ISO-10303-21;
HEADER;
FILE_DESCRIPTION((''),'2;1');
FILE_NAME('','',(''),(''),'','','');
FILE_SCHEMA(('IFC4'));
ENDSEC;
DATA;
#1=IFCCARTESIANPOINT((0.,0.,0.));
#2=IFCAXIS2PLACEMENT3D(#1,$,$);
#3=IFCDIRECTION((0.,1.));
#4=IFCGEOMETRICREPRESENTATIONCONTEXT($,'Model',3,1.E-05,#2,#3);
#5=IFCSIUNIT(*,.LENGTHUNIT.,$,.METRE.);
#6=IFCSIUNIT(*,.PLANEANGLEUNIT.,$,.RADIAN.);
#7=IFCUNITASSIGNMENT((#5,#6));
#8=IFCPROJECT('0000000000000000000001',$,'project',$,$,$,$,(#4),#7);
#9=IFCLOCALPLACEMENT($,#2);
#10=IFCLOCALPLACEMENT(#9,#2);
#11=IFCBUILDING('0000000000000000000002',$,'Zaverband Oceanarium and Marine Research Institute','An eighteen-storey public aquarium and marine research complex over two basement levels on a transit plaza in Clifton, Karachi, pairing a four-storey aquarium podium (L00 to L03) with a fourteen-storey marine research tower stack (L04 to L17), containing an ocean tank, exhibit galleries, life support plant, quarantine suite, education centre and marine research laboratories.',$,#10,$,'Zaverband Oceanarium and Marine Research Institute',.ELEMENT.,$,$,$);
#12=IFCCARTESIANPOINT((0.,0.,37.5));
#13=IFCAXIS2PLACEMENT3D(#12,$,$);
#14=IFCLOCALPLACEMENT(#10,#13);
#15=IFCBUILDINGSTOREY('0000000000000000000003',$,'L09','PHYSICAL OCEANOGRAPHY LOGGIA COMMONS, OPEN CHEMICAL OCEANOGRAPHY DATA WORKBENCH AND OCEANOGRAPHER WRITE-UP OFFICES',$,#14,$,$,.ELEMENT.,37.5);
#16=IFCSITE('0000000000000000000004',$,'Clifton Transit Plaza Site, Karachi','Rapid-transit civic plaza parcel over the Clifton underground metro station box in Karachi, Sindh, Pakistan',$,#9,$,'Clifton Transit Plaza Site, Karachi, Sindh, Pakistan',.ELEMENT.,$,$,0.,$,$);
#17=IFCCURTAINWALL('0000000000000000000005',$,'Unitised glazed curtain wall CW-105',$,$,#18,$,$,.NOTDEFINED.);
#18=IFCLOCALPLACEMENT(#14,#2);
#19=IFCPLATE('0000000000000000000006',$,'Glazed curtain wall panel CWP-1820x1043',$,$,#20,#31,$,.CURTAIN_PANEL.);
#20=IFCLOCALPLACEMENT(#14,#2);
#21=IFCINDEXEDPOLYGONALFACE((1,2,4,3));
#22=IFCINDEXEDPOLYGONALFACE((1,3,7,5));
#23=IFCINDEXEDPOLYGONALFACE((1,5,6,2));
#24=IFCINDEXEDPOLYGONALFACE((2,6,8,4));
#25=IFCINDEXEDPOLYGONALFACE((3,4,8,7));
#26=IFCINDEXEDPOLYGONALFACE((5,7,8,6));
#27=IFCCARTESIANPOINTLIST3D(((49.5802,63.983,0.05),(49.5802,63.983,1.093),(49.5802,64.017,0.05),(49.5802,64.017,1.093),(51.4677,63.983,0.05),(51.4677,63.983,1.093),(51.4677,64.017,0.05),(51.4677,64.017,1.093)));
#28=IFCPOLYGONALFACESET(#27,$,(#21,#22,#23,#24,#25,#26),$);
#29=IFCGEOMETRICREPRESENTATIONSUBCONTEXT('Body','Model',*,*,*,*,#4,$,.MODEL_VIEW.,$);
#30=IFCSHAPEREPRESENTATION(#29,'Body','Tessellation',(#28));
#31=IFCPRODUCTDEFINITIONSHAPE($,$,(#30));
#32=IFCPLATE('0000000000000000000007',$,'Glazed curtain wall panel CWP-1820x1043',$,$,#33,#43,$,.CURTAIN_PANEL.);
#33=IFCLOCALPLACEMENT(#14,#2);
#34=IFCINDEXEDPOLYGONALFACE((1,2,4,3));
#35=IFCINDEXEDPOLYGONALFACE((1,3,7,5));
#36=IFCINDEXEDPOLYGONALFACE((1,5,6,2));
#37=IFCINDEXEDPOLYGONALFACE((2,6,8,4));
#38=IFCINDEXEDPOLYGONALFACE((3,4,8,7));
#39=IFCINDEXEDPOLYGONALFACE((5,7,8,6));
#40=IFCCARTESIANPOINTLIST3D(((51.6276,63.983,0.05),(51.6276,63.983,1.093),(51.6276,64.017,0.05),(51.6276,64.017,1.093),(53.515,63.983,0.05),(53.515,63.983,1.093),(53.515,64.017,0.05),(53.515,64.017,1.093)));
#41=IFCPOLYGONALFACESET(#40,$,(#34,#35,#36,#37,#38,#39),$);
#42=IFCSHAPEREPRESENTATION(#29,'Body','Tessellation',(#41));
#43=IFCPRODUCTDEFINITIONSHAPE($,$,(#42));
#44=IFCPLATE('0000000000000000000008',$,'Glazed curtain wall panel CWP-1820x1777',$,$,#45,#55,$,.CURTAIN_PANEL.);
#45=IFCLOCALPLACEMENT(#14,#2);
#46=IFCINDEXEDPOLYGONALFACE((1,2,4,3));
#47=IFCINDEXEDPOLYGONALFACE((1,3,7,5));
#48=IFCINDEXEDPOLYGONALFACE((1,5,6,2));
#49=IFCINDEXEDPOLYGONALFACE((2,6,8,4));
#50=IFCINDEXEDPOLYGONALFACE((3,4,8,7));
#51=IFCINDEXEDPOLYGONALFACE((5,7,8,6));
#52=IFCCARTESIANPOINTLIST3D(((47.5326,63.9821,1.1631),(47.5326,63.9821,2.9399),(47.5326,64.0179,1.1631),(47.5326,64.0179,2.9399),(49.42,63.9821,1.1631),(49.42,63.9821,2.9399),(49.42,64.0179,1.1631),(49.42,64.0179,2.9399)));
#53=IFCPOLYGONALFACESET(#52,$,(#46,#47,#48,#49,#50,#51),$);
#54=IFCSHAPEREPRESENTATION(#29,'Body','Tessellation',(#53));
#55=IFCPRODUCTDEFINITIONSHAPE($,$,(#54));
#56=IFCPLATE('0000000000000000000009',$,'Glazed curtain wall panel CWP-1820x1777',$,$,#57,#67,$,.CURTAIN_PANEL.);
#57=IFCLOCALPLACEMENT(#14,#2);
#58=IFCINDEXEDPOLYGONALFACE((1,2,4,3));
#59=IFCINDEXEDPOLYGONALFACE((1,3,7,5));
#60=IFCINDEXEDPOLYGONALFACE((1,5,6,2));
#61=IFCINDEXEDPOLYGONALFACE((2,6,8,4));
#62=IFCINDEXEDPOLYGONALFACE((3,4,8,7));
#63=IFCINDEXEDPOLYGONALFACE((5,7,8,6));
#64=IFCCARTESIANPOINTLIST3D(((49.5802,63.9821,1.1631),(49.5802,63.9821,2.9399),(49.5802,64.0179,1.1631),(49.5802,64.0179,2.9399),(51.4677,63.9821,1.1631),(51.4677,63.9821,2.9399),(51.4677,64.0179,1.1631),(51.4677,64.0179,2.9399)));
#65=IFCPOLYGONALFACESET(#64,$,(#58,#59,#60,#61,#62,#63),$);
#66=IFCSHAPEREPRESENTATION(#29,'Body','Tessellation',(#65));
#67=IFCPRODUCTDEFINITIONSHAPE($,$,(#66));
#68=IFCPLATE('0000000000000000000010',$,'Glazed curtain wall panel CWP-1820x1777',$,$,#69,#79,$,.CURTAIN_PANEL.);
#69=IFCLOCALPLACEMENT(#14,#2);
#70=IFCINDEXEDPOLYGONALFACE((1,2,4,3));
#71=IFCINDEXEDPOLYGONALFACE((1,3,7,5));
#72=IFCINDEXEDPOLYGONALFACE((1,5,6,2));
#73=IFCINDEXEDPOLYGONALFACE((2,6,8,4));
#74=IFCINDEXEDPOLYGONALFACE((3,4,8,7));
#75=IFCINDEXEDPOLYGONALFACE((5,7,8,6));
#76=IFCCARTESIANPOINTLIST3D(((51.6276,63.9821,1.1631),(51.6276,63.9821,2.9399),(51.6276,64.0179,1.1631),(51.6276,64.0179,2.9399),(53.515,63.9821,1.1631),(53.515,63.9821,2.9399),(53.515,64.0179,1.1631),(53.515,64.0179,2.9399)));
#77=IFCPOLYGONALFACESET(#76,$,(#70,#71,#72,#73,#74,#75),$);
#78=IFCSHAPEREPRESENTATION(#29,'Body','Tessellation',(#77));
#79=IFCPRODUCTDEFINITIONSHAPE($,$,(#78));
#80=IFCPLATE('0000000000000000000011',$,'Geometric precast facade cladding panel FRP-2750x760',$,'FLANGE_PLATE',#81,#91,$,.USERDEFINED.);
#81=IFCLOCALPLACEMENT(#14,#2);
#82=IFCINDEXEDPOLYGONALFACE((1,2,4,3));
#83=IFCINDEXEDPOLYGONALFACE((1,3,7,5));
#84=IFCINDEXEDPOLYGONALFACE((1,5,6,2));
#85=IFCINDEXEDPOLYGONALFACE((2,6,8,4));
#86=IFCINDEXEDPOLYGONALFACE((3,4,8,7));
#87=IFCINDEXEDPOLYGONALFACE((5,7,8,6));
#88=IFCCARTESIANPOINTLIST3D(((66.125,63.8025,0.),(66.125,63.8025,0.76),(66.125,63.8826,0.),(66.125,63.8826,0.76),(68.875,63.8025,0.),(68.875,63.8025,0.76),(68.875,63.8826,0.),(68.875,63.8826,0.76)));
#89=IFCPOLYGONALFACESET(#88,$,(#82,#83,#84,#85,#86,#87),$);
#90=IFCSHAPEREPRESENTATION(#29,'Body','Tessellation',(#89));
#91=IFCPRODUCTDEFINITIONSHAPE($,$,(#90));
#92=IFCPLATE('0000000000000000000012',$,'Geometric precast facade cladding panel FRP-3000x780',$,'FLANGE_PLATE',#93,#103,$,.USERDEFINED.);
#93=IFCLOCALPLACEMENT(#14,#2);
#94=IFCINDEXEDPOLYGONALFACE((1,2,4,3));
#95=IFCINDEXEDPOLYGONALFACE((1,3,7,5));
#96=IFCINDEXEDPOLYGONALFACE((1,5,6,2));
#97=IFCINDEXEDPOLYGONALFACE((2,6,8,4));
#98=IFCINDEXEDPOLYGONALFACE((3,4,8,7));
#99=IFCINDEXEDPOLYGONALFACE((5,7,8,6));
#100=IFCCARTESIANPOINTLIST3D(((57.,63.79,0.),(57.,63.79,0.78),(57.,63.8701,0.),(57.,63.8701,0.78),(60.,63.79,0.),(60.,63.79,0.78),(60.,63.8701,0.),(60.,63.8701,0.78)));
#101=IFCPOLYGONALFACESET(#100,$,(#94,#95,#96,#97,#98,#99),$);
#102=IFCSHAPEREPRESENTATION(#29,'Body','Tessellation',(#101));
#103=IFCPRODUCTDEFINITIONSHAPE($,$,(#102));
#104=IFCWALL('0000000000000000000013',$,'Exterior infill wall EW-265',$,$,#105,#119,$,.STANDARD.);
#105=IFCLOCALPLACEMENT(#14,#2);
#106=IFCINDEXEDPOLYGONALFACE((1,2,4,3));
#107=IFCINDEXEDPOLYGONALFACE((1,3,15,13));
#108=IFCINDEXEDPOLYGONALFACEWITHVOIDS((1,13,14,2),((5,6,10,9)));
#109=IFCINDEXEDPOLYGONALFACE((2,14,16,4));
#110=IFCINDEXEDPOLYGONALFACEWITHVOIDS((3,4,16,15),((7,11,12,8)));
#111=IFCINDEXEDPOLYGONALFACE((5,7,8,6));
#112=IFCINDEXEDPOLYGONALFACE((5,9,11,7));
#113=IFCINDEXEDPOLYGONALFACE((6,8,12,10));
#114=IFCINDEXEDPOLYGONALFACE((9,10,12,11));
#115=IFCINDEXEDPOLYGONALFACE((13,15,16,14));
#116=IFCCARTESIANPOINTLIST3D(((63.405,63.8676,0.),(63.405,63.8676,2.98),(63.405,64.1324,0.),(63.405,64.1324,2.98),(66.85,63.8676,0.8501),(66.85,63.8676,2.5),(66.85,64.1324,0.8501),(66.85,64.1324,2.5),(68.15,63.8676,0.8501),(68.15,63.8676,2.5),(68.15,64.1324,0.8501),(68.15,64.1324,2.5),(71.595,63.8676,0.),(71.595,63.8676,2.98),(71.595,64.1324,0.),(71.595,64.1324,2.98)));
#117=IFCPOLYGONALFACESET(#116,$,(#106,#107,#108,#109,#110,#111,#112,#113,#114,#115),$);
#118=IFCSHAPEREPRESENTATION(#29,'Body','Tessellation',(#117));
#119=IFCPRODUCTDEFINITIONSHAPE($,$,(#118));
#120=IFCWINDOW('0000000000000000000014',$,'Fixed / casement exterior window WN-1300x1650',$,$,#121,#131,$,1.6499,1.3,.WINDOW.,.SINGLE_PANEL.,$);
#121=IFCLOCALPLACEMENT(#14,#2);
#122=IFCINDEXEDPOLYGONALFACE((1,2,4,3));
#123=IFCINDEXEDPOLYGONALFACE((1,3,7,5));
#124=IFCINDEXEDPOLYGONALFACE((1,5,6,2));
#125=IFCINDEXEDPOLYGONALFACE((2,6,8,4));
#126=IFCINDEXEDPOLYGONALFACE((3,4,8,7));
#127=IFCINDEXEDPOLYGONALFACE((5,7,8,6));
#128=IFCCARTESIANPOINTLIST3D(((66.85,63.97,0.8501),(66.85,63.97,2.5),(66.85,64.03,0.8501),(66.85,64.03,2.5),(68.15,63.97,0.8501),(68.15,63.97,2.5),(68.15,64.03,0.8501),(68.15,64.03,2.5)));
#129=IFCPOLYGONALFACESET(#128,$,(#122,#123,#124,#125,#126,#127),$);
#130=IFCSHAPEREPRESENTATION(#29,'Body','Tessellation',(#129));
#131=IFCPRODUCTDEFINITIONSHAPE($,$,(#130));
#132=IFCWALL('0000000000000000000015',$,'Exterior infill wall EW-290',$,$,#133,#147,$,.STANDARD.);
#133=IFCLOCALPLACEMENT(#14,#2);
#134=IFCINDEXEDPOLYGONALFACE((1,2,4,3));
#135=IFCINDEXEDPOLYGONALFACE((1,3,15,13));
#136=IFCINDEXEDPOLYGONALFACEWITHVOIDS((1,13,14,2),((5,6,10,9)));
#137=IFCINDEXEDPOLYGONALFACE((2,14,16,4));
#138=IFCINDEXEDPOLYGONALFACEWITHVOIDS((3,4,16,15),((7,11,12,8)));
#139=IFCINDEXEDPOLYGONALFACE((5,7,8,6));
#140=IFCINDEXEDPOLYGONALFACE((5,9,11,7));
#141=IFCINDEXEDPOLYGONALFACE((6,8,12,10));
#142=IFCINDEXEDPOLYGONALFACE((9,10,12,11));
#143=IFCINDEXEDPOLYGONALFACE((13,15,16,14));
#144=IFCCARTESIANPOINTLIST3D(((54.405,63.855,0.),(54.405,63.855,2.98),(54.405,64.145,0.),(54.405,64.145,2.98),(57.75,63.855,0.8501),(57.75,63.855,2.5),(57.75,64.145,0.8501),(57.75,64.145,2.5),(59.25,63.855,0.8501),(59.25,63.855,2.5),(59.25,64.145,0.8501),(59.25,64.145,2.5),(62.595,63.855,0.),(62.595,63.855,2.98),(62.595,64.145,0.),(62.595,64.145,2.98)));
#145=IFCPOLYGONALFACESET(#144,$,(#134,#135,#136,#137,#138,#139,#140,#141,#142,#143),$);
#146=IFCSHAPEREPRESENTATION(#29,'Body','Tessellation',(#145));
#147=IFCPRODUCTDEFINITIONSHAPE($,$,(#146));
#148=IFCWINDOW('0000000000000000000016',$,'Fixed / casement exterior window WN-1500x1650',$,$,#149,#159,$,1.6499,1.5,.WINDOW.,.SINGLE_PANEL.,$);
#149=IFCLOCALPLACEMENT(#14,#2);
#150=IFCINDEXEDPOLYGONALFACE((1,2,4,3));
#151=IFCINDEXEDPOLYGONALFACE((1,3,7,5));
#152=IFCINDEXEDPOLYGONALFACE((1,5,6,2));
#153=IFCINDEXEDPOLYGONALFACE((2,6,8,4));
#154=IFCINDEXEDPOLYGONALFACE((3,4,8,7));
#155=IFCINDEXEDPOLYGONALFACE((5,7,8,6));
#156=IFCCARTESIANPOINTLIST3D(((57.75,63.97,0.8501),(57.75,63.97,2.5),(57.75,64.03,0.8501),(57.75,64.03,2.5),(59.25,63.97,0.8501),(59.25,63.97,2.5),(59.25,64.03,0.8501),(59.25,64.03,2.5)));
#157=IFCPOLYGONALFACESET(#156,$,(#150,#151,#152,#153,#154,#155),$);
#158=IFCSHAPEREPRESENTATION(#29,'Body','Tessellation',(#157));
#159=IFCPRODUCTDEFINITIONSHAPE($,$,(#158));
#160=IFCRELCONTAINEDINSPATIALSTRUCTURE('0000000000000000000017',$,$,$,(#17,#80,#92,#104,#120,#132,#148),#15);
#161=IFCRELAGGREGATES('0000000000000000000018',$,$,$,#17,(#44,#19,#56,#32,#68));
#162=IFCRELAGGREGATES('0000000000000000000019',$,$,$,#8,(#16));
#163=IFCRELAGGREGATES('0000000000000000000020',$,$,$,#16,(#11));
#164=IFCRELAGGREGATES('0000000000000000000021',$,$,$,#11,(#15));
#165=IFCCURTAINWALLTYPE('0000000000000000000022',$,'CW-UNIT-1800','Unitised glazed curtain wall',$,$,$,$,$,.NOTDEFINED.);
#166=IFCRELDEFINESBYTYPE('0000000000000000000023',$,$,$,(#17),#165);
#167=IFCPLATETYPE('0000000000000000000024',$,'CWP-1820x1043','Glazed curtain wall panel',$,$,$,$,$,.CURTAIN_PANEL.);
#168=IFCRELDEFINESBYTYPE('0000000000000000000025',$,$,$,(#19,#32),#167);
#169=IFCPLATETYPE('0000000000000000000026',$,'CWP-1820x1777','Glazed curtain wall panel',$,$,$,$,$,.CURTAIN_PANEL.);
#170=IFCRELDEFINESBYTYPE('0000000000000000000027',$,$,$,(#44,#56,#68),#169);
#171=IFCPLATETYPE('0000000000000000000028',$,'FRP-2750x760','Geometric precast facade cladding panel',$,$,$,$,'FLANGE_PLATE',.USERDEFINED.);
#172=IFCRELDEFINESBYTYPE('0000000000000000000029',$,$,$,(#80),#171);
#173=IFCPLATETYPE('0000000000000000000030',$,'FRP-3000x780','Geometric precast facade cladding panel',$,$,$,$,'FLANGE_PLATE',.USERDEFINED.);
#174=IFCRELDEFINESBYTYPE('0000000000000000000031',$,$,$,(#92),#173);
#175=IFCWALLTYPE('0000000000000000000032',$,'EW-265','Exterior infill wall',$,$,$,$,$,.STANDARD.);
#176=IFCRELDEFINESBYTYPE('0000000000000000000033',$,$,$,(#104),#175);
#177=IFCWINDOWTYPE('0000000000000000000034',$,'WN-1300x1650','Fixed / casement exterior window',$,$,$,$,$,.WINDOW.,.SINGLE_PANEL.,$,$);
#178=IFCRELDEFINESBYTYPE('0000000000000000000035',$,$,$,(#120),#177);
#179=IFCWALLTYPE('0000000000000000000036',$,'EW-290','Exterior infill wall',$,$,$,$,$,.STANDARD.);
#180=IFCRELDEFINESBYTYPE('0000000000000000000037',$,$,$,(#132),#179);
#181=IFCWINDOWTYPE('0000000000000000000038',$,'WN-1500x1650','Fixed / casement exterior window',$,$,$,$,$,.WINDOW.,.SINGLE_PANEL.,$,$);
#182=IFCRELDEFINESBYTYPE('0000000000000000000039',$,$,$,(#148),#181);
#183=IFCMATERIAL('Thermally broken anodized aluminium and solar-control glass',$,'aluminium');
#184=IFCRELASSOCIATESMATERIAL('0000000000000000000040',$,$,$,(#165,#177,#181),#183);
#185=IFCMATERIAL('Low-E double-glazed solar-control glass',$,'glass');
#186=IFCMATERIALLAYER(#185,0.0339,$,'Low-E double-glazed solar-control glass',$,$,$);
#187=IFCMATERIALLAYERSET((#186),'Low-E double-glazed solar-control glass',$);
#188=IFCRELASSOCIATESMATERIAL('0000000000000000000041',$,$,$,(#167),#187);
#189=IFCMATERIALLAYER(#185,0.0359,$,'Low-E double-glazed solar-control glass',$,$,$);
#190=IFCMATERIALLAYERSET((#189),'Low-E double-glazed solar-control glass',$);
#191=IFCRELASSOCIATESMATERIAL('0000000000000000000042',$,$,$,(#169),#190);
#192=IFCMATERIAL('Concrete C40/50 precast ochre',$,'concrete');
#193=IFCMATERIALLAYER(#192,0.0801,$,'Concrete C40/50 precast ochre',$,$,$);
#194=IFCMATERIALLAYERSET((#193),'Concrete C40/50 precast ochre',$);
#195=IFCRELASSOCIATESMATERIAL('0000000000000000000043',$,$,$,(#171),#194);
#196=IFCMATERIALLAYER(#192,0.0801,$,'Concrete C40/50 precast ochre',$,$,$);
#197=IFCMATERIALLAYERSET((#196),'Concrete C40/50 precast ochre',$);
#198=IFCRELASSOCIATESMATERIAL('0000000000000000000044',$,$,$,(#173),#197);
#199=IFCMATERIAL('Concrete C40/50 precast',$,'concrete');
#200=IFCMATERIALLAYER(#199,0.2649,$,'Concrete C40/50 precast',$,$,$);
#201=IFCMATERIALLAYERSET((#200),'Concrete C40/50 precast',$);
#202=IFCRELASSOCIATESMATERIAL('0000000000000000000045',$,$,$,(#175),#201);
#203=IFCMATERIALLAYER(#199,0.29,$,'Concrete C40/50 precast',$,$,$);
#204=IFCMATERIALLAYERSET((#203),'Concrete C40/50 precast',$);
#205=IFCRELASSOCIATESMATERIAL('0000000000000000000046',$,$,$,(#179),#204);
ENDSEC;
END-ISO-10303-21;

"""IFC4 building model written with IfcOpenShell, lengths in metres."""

from ifc_helpers import new_model, si_unit, direction, frame, frame_2d, origin, place, context, subcontext, project, spatial, rectangle, extrude, material, layer, layer_set, type_object, element, fill, aggregate, save


model = new_model("IFC4")

# Units and contexts
model_context = context("Model", 3, precision=1e-05, world=origin(), true_north=direction((0.0, 1.0)))
body_context = subcontext(model_context, "Body", "Model", "MODEL_VIEW")
ifc_project = project(units=[si_unit("LENGTHUNIT", "METRE"), si_unit("PLANEANGLEUNIT", "RADIAN")], contexts=[model_context])

# Site, building, storey
site_placement = place(None, origin())
site = spatial("IfcSite", under=ifc_project, at=site_placement, Name="Clifton Transit Plaza Site, Karachi", Description="Rapid-transit civic plaza parcel over the Clifton underground metro station box in Karachi, Sindh, Pakistan", LongName="Clifton Transit Plaza Site, Karachi, Sindh, Pakistan", CompositionType="ELEMENT", RefElevation=0.0)
building_placement = place(site_placement, origin())
building = spatial("IfcBuilding", under=site, at=building_placement, Name="Zaverband Oceanarium and Marine Research Institute", Description="An eighteen-storey public aquarium and marine research complex over two basement levels on a transit plaza in Clifton, Karachi, pairing a four-storey aquarium podium (L00 to L03) with a fourteen-storey marine research tower stack (L04 to L17), containing an ocean tank, exhibit galleries, life support plant, quarantine suite, education centre and marine research laboratories.", LongName="Zaverband Oceanarium and Marine Research Institute", CompositionType="ELEMENT")
storey_placement = place(building_placement, frame((0.0, 0.0, 37.5)))
storey = spatial("IfcBuildingStorey", under=building, at=storey_placement, Name="L09", Description="PHYSICAL OCEANOGRAPHY LOGGIA COMMONS, OPEN CHEMICAL OCEANOGRAPHY DATA WORKBENCH AND OCEANOGRAPHER WRITE-UP OFFICES", CompositionType="ELEMENT", Elevation=37.5)

# Curtain wall
ifc_material_1 = material(Name="Thermally broken anodized aluminium and solar-control glass", Category="aluminium")
curtain_wall_type = type_object("IfcCurtainWallType", Name="CW-UNIT-1800", Description="Unitised glazed curtain wall", PredefinedType="NOTDEFINED", material=ifc_material_1)
curtain_wall_placement = place(storey_placement, origin())
curtain_wall = element("IfcCurtainWall", 1, at=curtain_wall_placement, inside=storey, type_object=curtain_wall_type, Name="Unitised glazed curtain wall CW-105", PredefinedType="NOTDEFINED")

# Plates
ifc_material_2 = material(Name="Low-E double-glazed solar-control glass", Category="glass")
ifc_layer_1 = layer(ifc_material_2, 0.0339, Name="Low-E double-glazed solar-control glass")
ifc_layer_set_1 = layer_set([ifc_layer_1], Name="Low-E double-glazed solar-control glass")
plate_type_1 = type_object("IfcPlateType", Name="CWP-1820x1043", Description="Glazed curtain wall panel", PredefinedType="CURTAIN_PANEL", material=ifc_layer_set_1)
plate_1_placement = place(storey_placement, frame((49.5801, 64.0, 0.05), z_axis=(0.0, 0.0, 1.0), x_axis=(1.0, 0.0, 0.0)))
plate_1 = element("IfcPlate", 2, at=plate_1_placement, type_object=plate_type_1, Name="Glazed curtain wall panel CWP-1820x1043", PredefinedType="CURTAIN_PANEL", context=body_context, shape_type="SweptSolid", body=[
    extrude(rectangle(XDim=1.8875, YDim=0.0339, at=frame_2d((0.9438, 0.0))), origin(), (0.0, 0.0, 1.0), 1.043),
])
plate_2_placement = place(storey_placement, frame((51.6274, 64.0, 0.05), z_axis=(0.0, 0.0, 1.0), x_axis=(1.0, 0.0, 0.0)))
plate_2 = element("IfcPlate", 3, at=plate_2_placement, type_object=plate_type_1, Name="Glazed curtain wall panel CWP-1820x1043", PredefinedType="CURTAIN_PANEL", context=body_context, shape_type="SweptSolid", body=[
    extrude(rectangle(XDim=1.8875, YDim=0.0339, at=frame_2d((0.9438, 0.0))), origin(), (0.0, 0.0, 1.0), 1.043),
])
ifc_layer_2 = layer(ifc_material_2, 0.0359, Name="Low-E double-glazed solar-control glass")
ifc_layer_set_2 = layer_set([ifc_layer_2], Name="Low-E double-glazed solar-control glass")
plate_type_2 = type_object("IfcPlateType", Name="CWP-1820x1777", Description="Glazed curtain wall panel", PredefinedType="CURTAIN_PANEL", material=ifc_layer_set_2)
plate_3_placement = place(storey_placement, frame((47.5325, 64.0, 1.1631), z_axis=(0.0, 0.0, 1.0), x_axis=(1.0, 0.0, 0.0)))
plate_3 = element("IfcPlate", 4, at=plate_3_placement, type_object=plate_type_2, Name="Glazed curtain wall panel CWP-1820x1777", PredefinedType="CURTAIN_PANEL", context=body_context, shape_type="SweptSolid", body=[
    extrude(rectangle(XDim=1.8875, YDim=0.0359, at=frame_2d((0.9438, 0.0))), origin(), (0.0, 0.0, 1.0), 1.7769),
])
plate_4_placement = place(storey_placement, frame((49.5801, 64.0, 1.1631), z_axis=(0.0, 0.0, 1.0), x_axis=(1.0, 0.0, 0.0)))
plate_4 = element("IfcPlate", 5, at=plate_4_placement, type_object=plate_type_2, Name="Glazed curtain wall panel CWP-1820x1777", PredefinedType="CURTAIN_PANEL", context=body_context, shape_type="SweptSolid", body=[
    extrude(rectangle(XDim=1.8875, YDim=0.0359, at=frame_2d((0.9438, 0.0))), origin(), (0.0, 0.0, 1.0), 1.7769),
])
plate_5_placement = place(storey_placement, frame((51.6274, 64.0, 1.1631), z_axis=(0.0, 0.0, 1.0), x_axis=(1.0, 0.0, 0.0)))
plate_5 = element("IfcPlate", 6, at=plate_5_placement, type_object=plate_type_2, Name="Glazed curtain wall panel CWP-1820x1777", PredefinedType="CURTAIN_PANEL", context=body_context, shape_type="SweptSolid", body=[
    extrude(rectangle(XDim=1.8875, YDim=0.0359, at=frame_2d((0.9438, 0.0))), origin(), (0.0, 0.0, 1.0), 1.7769),
])
aggregate(curtain_wall, [plate_3, plate_1, plate_4, plate_2, plate_5])

# Plates
ifc_material_3 = material(Name="Concrete C40/50 precast ochre", Category="concrete")
ifc_layer_3 = layer(ifc_material_3, 0.0801, Name="Concrete C40/50 precast ochre")
ifc_layer_set_3 = layer_set([ifc_layer_3], Name="Concrete C40/50 precast ochre")
plate_type_3 = type_object("IfcPlateType", Name="FRP-2750x760", Description="Geometric precast facade cladding panel", ElementType="FLANGE_PLATE", PredefinedType="USERDEFINED", material=ifc_layer_set_3)
plate_6_placement = place(storey_placement, frame((66.125, 63.8425, 0.0), z_axis=(0.0, 0.0, 1.0), x_axis=(1.0, 0.0, 0.0)))
element("IfcPlate", 7, at=plate_6_placement, inside=storey, type_object=plate_type_3, Name="Geometric precast facade cladding panel FRP-2750x760", ObjectType="FLANGE_PLATE", PredefinedType="USERDEFINED", context=body_context, shape_type="SweptSolid", body=[
    extrude(rectangle(XDim=2.75, YDim=0.0801, at=frame_2d((1.375, 0.0))), origin(), (0.0, 0.0, 1.0), 0.76),
])
ifc_layer_4 = layer(ifc_material_3, 0.0801, Name="Concrete C40/50 precast ochre")
ifc_layer_set_4 = layer_set([ifc_layer_4], Name="Concrete C40/50 precast ochre")
plate_type_4 = type_object("IfcPlateType", Name="FRP-3000x780", Description="Geometric precast facade cladding panel", ElementType="FLANGE_PLATE", PredefinedType="USERDEFINED", material=ifc_layer_set_4)
plate_7_placement = place(storey_placement, frame((57.0, 63.8301, 0.0), z_axis=(0.0, 0.0, 1.0), x_axis=(1.0, 0.0, 0.0)))
element("IfcPlate", 8, at=plate_7_placement, inside=storey, type_object=plate_type_4, Name="Geometric precast facade cladding panel FRP-3000x780", ObjectType="FLANGE_PLATE", PredefinedType="USERDEFINED", context=body_context, shape_type="SweptSolid", body=[
    extrude(rectangle(XDim=3.0, YDim=0.0801, at=frame_2d((1.5, 0.0))), origin(), (0.0, 0.0, 1.0), 0.78),
])

# Walls, openings, windows
ifc_material_4 = material(Name="Concrete C40/50 precast", Category="concrete")
ifc_layer_5 = layer(ifc_material_4, 0.2649, Name="Concrete C40/50 precast")
ifc_layer_set_5 = layer_set([ifc_layer_5], Name="Concrete C40/50 precast")
wall_type_1 = type_object("IfcWallType", Name="EW-265", Description="Exterior infill wall", PredefinedType="STANDARD", material=ifc_layer_set_5)
wall_1_placement = place(storey_placement, frame((63.405, 64.0, 0.0), z_axis=(0.0, 0.0, 1.0), x_axis=(1.0, 0.0, 0.0)))
wall_1 = element("IfcWall", 9, at=wall_1_placement, inside=storey, type_object=wall_type_1, Name="Exterior infill wall EW-265", PredefinedType="STANDARD", context=body_context, shape_type="SweptSolid", body=[
    extrude(rectangle(XDim=8.1899, YDim=0.2649, at=frame_2d((4.095, 0.0))), origin(), (0.0, 0.0, 1.0), 2.98),
])
opening_1_placement = place(wall_1_placement, frame((3.4451, 0.0, 0.8501)))
opening_1 = element("IfcOpeningElement", 10, at=opening_1_placement, cuts=wall_1, PredefinedType="OPENING", context=body_context, shape_type="SweptSolid", body=[
    extrude(rectangle(XDim=1.3, YDim=1.6499, at=frame_2d((0.6499, 0.825))), frame((0.0, 0.1445, 0.0), z_axis=(0.0, -1.0, 0.0), x_axis=(1.0, 0.0, 0.0)), (0.0, 0.0, 1.0), 0.2888),
])
window_type_1 = type_object("IfcWindowType", Name="WN-1300x1650", Description="Fixed / casement exterior window", PartitioningType="SINGLE_PANEL", PredefinedType="WINDOW", material=ifc_material_1)
window_1_placement = place(opening_1_placement, origin())
window_1 = element("IfcWindow", 11, at=window_1_placement, inside=storey, type_object=window_type_1, Name="Fixed / casement exterior window WN-1300x1650", OverallHeight=1.6499, OverallWidth=1.3, PartitioningType="SINGLE_PANEL", PredefinedType="WINDOW", context=body_context, shape_type="SweptSolid", body=[
    extrude(rectangle(XDim=1.3, YDim=1.6499, at=frame_2d((0.6499, 0.825))), frame((0.0, 0.03, 0.0), z_axis=(0.0, -1.0, 0.0), x_axis=(1.0, 0.0, 0.0)), (0.0, 0.0, 1.0), 0.0601),
])
fill(opening_1, window_1)
ifc_layer_6 = layer(ifc_material_4, 0.29, Name="Concrete C40/50 precast")
ifc_layer_set_6 = layer_set([ifc_layer_6], Name="Concrete C40/50 precast")
wall_type_2 = type_object("IfcWallType", Name="EW-290", Description="Exterior infill wall", PredefinedType="STANDARD", material=ifc_layer_set_6)
wall_2_placement = place(storey_placement, frame((54.405, 64.0, 0.0), z_axis=(0.0, 0.0, 1.0), x_axis=(1.0, 0.0, 0.0)))
wall_2 = element("IfcWall", 12, at=wall_2_placement, inside=storey, type_object=wall_type_2, Name="Exterior infill wall EW-290", PredefinedType="STANDARD", context=body_context, shape_type="SweptSolid", body=[
    extrude(rectangle(XDim=8.1899, YDim=0.29, at=frame_2d((4.095, 0.0))), origin(), (0.0, 0.0, 1.0), 2.98),
])
opening_2_placement = place(wall_2_placement, frame((3.345, 0.0, 0.8501)))
opening_2 = element("IfcOpeningElement", 13, at=opening_2_placement, cuts=wall_2, PredefinedType="OPENING", context=body_context, shape_type="SweptSolid", body=[
    extrude(rectangle(XDim=1.5, YDim=1.6499, at=frame_2d((0.75, 0.825))), frame((0.0, 0.157, 0.0), z_axis=(0.0, -1.0, 0.0), x_axis=(1.0, 0.0, 0.0)), (0.0, 0.0, 1.0), 0.314),
])
window_type_2 = type_object("IfcWindowType", Name="WN-1500x1650", Description="Fixed / casement exterior window", PartitioningType="SINGLE_PANEL", PredefinedType="WINDOW", material=ifc_material_1)
window_2_placement = place(opening_2_placement, origin())
window_2 = element("IfcWindow", 14, at=window_2_placement, inside=storey, type_object=window_type_2, Name="Fixed / casement exterior window WN-1500x1650", OverallHeight=1.6499, OverallWidth=1.5, PartitioningType="SINGLE_PANEL", PredefinedType="WINDOW", context=body_context, shape_type="SweptSolid", body=[
    extrude(rectangle(XDim=1.5, YDim=1.6499, at=frame_2d((0.75, 0.825))), frame((0.0, 0.03, 0.0), z_axis=(0.0, -1.0, 0.0), x_axis=(1.0, 0.0, 0.0)), (0.0, 0.0, 1.0), 0.0601),
])
fill(opening_2, window_2)

save(model, "model.ifc")
